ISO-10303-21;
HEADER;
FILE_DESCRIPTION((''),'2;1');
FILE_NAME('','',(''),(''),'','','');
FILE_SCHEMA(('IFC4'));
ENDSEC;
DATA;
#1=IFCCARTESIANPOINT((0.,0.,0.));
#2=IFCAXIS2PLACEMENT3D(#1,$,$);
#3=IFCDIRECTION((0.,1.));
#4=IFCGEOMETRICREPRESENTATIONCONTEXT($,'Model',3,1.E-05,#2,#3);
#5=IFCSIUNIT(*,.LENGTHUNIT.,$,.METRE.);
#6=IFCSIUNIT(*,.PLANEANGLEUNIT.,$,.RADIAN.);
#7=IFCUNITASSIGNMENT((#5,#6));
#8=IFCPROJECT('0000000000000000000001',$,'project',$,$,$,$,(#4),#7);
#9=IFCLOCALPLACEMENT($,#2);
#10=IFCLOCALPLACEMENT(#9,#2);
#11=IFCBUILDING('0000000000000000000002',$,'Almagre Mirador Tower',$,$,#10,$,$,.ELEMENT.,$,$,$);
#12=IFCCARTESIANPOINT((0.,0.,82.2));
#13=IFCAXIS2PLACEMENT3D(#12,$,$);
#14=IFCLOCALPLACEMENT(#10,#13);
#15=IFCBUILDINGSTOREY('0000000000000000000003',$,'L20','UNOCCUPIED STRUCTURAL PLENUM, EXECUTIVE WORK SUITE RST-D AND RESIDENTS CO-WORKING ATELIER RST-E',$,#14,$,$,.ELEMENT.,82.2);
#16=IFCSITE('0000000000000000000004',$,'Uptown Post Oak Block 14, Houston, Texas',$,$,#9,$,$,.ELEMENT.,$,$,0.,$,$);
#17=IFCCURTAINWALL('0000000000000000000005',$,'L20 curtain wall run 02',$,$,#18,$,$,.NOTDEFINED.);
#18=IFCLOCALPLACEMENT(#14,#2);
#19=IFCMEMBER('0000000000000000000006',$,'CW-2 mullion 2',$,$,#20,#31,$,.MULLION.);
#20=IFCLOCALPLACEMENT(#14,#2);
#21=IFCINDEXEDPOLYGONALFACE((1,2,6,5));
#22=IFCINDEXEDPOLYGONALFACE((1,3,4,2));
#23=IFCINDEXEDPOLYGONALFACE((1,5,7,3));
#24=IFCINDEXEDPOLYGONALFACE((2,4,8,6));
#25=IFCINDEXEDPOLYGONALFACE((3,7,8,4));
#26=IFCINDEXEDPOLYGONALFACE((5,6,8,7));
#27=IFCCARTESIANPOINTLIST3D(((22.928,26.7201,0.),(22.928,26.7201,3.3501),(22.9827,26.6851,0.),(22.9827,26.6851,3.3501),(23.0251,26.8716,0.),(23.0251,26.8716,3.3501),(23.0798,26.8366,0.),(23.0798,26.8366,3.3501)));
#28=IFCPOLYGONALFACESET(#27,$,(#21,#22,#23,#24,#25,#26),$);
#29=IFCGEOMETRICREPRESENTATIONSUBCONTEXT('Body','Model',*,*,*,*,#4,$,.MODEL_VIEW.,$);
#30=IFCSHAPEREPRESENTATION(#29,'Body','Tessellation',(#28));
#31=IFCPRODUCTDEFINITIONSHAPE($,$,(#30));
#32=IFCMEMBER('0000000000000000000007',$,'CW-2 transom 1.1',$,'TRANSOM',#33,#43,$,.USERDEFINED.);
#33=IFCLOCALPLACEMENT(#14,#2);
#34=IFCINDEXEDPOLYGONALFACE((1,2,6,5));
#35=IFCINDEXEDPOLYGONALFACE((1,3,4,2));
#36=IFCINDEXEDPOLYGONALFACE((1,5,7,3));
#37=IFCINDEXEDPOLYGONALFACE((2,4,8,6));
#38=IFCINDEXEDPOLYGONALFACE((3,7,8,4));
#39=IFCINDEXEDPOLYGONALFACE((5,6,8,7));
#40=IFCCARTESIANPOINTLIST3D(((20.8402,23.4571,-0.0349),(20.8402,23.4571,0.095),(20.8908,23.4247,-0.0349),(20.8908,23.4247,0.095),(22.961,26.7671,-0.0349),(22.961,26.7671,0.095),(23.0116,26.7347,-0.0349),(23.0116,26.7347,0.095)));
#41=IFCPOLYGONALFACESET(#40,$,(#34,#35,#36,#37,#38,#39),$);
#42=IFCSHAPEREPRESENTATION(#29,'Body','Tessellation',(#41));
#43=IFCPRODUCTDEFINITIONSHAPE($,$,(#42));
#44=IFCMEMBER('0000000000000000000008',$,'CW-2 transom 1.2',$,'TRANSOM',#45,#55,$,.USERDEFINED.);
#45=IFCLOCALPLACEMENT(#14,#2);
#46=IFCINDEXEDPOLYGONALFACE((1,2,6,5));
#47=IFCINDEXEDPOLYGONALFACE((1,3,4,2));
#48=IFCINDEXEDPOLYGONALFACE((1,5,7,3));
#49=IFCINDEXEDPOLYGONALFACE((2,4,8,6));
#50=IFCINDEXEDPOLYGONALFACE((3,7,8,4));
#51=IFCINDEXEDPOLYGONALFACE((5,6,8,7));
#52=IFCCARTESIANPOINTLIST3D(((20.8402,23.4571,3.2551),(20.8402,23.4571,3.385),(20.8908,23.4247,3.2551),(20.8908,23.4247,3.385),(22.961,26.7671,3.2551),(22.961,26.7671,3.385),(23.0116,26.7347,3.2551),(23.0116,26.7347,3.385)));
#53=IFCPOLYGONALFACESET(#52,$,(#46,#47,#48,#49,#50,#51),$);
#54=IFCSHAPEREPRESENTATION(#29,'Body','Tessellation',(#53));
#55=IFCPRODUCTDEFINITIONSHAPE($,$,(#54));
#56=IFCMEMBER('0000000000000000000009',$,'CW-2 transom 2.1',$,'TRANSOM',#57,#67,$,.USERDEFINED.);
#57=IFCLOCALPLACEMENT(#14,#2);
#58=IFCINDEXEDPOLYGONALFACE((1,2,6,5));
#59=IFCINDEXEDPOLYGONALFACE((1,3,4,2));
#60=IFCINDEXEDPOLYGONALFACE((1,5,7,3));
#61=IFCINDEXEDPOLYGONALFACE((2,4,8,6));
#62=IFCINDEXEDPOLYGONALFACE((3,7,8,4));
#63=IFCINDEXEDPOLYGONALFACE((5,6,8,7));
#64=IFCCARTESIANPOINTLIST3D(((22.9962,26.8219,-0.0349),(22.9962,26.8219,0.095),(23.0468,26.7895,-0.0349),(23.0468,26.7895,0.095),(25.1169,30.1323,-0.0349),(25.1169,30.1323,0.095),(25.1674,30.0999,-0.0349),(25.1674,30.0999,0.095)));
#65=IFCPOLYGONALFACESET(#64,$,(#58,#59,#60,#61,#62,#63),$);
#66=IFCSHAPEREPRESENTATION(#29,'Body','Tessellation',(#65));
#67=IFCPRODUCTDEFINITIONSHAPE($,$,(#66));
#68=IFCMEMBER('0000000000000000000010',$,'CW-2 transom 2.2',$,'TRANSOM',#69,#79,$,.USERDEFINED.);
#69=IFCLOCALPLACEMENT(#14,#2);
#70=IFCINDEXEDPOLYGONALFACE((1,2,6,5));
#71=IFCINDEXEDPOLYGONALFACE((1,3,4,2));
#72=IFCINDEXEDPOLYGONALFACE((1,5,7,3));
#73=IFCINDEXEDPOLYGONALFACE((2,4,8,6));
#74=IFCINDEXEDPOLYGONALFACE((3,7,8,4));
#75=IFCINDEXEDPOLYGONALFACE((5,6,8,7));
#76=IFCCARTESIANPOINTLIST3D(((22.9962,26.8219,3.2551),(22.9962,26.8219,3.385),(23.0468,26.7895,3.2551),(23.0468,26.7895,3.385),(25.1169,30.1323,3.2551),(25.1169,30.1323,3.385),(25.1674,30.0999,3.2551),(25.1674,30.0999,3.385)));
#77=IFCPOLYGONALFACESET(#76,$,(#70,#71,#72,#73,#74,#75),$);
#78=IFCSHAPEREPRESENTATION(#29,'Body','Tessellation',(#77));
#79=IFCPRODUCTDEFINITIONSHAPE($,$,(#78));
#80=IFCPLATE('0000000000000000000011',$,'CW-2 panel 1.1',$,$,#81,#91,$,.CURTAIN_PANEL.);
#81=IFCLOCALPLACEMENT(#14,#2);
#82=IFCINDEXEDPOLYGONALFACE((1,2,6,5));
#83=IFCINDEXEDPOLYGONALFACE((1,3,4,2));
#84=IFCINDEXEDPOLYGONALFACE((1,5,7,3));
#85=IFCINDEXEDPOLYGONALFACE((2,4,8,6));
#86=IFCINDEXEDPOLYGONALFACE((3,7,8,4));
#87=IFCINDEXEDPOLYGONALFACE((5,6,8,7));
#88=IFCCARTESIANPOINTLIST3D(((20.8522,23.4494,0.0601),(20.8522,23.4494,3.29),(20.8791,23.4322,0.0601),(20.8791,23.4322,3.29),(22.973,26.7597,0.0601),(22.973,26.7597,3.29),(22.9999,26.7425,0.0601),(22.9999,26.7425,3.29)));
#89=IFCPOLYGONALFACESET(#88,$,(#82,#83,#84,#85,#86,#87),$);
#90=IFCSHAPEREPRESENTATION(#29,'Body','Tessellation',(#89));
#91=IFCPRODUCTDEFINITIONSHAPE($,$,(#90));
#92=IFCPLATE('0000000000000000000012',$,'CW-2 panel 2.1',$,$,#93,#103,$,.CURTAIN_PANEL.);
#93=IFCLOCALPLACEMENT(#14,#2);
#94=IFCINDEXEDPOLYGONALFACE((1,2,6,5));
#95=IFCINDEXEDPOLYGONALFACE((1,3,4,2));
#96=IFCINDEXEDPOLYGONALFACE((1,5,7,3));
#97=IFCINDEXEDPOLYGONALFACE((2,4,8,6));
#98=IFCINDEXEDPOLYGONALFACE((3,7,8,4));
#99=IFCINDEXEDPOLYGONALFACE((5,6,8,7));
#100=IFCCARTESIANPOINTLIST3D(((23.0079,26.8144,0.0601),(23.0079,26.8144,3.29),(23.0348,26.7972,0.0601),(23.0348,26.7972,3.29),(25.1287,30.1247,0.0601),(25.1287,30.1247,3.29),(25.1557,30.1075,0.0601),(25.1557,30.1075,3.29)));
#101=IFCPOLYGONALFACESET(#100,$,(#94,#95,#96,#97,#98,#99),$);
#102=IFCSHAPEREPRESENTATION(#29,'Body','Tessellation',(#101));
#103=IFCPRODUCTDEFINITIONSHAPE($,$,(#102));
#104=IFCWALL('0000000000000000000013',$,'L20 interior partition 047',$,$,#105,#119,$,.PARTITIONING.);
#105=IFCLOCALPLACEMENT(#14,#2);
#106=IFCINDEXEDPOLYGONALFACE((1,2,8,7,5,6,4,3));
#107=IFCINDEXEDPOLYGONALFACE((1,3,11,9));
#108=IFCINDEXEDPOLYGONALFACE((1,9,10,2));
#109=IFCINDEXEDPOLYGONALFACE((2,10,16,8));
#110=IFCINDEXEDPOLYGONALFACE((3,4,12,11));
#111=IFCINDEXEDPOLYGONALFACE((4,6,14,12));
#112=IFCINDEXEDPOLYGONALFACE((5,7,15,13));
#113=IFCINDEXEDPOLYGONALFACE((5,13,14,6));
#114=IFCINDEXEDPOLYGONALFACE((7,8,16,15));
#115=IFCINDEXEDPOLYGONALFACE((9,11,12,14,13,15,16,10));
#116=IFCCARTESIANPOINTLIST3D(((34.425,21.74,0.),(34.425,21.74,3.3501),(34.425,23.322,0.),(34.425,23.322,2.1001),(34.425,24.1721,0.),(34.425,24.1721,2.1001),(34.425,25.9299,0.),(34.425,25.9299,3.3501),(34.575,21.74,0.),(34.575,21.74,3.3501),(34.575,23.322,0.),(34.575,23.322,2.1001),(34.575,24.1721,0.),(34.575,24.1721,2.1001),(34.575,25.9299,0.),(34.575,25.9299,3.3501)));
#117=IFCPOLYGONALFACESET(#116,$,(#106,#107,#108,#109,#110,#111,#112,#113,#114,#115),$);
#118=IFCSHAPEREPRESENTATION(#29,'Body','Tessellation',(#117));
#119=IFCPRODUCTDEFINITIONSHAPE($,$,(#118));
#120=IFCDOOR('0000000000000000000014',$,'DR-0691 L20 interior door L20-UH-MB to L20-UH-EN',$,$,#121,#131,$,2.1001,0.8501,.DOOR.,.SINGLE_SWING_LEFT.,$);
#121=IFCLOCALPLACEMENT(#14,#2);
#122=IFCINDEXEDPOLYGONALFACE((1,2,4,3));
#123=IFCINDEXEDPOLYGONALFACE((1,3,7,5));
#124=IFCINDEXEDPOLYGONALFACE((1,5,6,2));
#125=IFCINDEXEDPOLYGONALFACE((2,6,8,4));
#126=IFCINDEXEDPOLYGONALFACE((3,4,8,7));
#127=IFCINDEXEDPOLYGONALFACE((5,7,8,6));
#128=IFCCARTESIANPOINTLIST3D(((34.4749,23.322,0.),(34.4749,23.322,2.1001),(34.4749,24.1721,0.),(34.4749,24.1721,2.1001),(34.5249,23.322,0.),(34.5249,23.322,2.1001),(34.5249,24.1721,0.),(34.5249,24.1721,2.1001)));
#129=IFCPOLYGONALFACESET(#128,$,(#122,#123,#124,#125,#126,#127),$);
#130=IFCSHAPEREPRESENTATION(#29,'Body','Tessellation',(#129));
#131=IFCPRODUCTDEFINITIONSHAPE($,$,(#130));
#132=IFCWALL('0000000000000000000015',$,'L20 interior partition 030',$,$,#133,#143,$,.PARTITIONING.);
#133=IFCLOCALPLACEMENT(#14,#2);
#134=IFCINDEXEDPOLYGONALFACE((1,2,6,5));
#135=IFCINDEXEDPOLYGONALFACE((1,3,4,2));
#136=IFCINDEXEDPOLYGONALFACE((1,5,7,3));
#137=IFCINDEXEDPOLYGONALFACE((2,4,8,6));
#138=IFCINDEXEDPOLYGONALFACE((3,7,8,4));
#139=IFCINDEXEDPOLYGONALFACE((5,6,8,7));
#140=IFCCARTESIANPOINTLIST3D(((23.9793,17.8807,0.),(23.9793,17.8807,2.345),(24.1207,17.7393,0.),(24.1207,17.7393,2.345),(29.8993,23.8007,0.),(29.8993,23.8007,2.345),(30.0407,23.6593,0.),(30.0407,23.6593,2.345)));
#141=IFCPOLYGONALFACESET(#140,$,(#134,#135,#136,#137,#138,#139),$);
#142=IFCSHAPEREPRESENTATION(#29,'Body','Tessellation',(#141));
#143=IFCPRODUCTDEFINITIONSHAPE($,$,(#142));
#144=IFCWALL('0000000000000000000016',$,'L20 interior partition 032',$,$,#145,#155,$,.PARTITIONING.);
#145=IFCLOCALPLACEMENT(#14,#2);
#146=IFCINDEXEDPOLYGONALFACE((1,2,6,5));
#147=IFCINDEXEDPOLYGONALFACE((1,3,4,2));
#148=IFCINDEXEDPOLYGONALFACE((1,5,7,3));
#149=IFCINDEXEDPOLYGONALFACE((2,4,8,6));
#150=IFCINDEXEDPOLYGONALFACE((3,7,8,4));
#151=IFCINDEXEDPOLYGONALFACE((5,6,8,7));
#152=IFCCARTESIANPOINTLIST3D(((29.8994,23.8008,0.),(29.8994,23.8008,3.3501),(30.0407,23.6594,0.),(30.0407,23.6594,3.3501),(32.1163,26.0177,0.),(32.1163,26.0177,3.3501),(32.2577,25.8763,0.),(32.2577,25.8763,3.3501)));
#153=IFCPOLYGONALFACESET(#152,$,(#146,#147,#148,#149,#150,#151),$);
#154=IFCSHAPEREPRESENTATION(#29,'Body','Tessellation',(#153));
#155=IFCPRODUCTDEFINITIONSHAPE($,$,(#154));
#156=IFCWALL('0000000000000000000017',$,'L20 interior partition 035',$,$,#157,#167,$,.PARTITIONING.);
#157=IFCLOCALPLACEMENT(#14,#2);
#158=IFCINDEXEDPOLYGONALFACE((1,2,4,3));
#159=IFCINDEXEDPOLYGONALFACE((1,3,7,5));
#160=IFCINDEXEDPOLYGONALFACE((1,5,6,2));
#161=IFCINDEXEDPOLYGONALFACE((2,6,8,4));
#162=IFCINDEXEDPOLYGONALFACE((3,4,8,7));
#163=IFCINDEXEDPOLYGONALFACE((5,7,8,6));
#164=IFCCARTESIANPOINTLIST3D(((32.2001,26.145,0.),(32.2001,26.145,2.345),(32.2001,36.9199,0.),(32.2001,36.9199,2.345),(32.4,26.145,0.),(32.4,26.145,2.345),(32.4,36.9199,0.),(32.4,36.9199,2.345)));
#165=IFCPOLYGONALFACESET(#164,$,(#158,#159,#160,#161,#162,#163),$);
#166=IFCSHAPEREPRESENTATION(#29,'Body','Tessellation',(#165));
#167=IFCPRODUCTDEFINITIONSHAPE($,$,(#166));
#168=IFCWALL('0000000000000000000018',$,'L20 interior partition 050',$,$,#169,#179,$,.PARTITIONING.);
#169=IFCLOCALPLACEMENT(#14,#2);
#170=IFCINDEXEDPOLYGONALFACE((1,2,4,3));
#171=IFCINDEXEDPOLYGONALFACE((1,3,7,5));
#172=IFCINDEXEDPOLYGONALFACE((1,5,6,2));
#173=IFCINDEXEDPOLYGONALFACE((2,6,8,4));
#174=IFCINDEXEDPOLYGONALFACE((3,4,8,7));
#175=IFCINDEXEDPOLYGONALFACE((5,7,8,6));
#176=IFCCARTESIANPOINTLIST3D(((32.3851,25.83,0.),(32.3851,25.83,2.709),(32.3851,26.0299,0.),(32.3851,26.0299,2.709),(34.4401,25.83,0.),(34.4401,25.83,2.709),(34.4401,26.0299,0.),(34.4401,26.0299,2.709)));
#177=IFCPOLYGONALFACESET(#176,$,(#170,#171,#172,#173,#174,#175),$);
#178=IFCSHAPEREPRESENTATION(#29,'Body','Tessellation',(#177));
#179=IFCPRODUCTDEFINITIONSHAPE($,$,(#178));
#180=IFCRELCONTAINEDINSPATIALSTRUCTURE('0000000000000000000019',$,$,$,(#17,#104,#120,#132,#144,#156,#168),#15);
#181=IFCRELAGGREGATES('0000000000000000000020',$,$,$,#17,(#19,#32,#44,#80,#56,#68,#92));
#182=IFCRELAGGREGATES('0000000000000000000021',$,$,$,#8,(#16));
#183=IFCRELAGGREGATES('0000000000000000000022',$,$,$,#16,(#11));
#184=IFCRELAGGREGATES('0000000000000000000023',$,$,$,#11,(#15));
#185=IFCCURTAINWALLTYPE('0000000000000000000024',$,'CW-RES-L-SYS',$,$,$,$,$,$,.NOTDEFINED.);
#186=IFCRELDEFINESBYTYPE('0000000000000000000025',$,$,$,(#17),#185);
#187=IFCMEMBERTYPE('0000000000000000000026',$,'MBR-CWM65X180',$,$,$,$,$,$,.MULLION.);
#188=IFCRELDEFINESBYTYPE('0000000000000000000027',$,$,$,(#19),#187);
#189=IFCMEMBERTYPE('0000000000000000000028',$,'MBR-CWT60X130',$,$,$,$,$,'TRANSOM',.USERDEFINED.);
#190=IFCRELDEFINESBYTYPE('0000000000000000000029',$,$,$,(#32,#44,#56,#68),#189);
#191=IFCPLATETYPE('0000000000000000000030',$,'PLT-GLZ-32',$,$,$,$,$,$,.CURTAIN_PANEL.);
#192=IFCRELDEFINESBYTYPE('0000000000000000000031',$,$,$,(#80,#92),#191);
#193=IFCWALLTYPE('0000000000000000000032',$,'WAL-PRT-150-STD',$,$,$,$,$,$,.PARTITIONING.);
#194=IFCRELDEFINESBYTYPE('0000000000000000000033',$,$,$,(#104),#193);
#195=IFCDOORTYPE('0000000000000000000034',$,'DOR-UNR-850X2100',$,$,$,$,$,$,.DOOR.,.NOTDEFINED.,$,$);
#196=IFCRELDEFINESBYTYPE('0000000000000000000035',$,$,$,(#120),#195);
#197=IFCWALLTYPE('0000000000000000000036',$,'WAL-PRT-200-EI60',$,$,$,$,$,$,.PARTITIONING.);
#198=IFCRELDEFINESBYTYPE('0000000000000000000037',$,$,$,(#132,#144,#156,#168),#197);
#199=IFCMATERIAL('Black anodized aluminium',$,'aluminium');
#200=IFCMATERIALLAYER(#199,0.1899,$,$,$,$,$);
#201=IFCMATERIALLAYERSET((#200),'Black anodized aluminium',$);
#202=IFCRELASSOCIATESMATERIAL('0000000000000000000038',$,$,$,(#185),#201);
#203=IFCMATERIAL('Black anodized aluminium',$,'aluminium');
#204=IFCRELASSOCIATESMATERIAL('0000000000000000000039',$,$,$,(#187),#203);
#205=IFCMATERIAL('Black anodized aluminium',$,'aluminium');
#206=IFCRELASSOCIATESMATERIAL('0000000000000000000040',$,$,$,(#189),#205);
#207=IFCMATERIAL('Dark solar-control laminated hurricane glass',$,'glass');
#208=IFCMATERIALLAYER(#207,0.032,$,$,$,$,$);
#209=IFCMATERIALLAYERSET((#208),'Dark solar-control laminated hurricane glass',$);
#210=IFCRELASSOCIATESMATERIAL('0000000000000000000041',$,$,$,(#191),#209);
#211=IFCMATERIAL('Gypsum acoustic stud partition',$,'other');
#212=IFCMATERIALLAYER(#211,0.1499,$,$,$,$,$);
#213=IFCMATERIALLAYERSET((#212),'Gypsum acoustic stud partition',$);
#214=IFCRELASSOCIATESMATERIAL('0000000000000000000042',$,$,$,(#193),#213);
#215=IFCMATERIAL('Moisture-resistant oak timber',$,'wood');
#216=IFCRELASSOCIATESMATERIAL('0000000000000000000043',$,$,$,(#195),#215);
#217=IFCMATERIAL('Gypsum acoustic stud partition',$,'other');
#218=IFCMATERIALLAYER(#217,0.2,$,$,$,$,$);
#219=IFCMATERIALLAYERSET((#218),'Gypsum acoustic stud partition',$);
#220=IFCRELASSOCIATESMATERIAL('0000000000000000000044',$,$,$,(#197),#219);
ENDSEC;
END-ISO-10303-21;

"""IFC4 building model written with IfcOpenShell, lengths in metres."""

from ifc_helpers import new_model, si_unit, direction, frame, frame_2d, origin, origin_2d, place, context, subcontext, project, spatial, rectangle, extrude, material, layer, layer_set, material_profile, profile_set, type_object, element, fill, aggregate, save


model = new_model("IFC4")

# Units and contexts
model_context = context("Model", 3, precision=1e-05, world=origin(), true_north=direction((0.0, 1.0)))
body_context = subcontext(model_context, "Body", "Model", "MODEL_VIEW")
ifc_project = project(units=[si_unit("LENGTHUNIT", "METRE"), si_unit("PLANEANGLEUNIT", "RADIAN")], contexts=[model_context])

# Site, building, storey
site_placement = place(None, origin())
site = spatial("IfcSite", under=ifc_project, at=site_placement, Name="Uptown Post Oak Block 14, Houston, Texas", CompositionType="ELEMENT", RefElevation=0.0)
building_placement = place(site_placement, origin())
building = spatial("IfcBuilding", under=site, at=building_placement, Name="Almagre Mirador Tower", CompositionType="ELEMENT")
storey_placement = place(building_placement, frame((0.0, 0.0, 82.2)))
storey = spatial("IfcBuildingStorey", under=building, at=storey_placement, Name="L20", Description="UNOCCUPIED STRUCTURAL PLENUM, EXECUTIVE WORK SUITE RST-D AND RESIDENTS CO-WORKING ATELIER RST-E", CompositionType="ELEMENT", Elevation=82.2)

# Curtain wall, members, plates
ifc_material_1 = material(Name="Black anodized aluminium", Category="aluminium")
ifc_layer_1 = layer(ifc_material_1, 0.1899)
ifc_layer_set_1 = layer_set([ifc_layer_1], Name="Black anodized aluminium")
curtain_wall_type = type_object("IfcCurtainWallType", Name="CW-RES-L-SYS", PredefinedType="NOTDEFINED", material=ifc_layer_set_1)
curtain_wall_placement = place(storey_placement, origin())
curtain_wall = element("IfcCurtainWall", 1, at=curtain_wall_placement, inside=storey, type_object=curtain_wall_type, Name="L20 curtain wall run 02", PredefinedType="NOTDEFINED")
ifc_material_2 = material(Name="Black anodized aluminium", Category="aluminium")
ifc_material_profile_1 = material_profile(ifc_material_2, rectangle(XDim=0.0649, YDim=0.1799, at=origin_2d()), Name="CWM65X180")
ifc_profile_set_1 = profile_set([ifc_material_profile_1], Name="Black anodized aluminium")
member_type_1 = type_object("IfcMemberType", Name="MBR-CWM65X180", PredefinedType="MULLION", material=ifc_profile_set_1)
member_1_placement = place(storey_placement, frame((23.0039, 26.7783, 0.0), z_axis=(0.0, 0.0, 1.0), x_axis=(-0.842015, 0.539455, 0.0)))
member_1 = element("IfcMember", 2, at=member_1_placement, type_object=member_type_1, Name="CW-2 mullion 2", PredefinedType="MULLION", context=body_context, shape_type="SweptSolid", body=[
    extrude(rectangle(XDim=0.0649, YDim=0.1799, at=origin_2d()), origin(), (0.0, 0.0, 1.0), 3.3501),
])
ifc_material_3 = material(Name="Black anodized aluminium", Category="aluminium")
ifc_material_profile_2 = material_profile(ifc_material_3, rectangle(XDim=0.0601, YDim=0.1299, at=origin_2d()), Name="CWT60X130")
ifc_profile_set_2 = profile_set([ifc_material_profile_2], Name="Black anodized aluminium")
member_type_2 = type_object("IfcMemberType", Name="MBR-CWT60X130", ElementType="TRANSOM", PredefinedType="USERDEFINED", material=ifc_profile_set_2)
member_2_placement = place(storey_placement, frame((20.8655, 23.4409, 0.03), z_axis=(0.539489, 0.841993, 0.0), x_axis=(-0.841993, 0.539489, 0.0)))
member_2 = element("IfcMember", 3, at=member_2_placement, type_object=member_type_2, Name="CW-2 transom 1.1", ObjectType="TRANSOM", PredefinedType="USERDEFINED", context=body_context, shape_type="SweptSolid", body=[
    extrude(rectangle(XDim=0.0601, YDim=0.1299, at=origin_2d()), origin(), (0.0, 0.0, 1.0), 3.9312),
])
member_3_placement = place(storey_placement, frame((20.8655, 23.4409, 3.3201), z_axis=(0.539489, 0.841993, 0.0), x_axis=(-0.841993, 0.539489, 0.0)))
member_3 = element("IfcMember", 4, at=member_3_placement, type_object=member_type_2, Name="CW-2 transom 1.2", ObjectType="TRANSOM", PredefinedType="USERDEFINED", context=body_context, shape_type="SweptSolid", body=[
    extrude(rectangle(XDim=0.0601, YDim=0.1299, at=origin_2d()), origin(), (0.0, 0.0, 1.0), 3.9312),
])
member_4_placement = place(storey_placement, frame((23.0215, 26.8057, 0.03), z_axis=(0.539417, 0.842039, 0.0), x_axis=(-0.842039, 0.539417, 0.0)))
member_4 = element("IfcMember", 5, at=member_4_placement, type_object=member_type_2, Name="CW-2 transom 2.1", ObjectType="TRANSOM", PredefinedType="USERDEFINED", context=body_context, shape_type="SweptSolid", body=[
    extrude(rectangle(XDim=0.0601, YDim=0.1299, at=origin_2d()), origin(), (0.0, 0.0, 1.0), 3.9314),
])
member_5_placement = place(storey_placement, frame((23.0215, 26.8057, 3.3201), z_axis=(0.539417, 0.842039, 0.0), x_axis=(-0.842039, 0.539417, 0.0)))
member_5 = element("IfcMember", 6, at=member_5_placement, type_object=member_type_2, Name="CW-2 transom 2.2", ObjectType="TRANSOM", PredefinedType="USERDEFINED", context=body_context, shape_type="SweptSolid", body=[
    extrude(rectangle(XDim=0.0601, YDim=0.1299, at=origin_2d()), origin(), (0.0, 0.0, 1.0), 3.9314),
])
ifc_material_4 = material(Name="Dark solar-control laminated hurricane glass", Category="glass")
ifc_layer_2 = layer(ifc_material_4, 0.032)
ifc_layer_set_2 = layer_set([ifc_layer_2], Name="Dark solar-control laminated hurricane glass")
plate_type = type_object("IfcPlateType", Name="PLT-GLZ-32", PredefinedType="CURTAIN_PANEL", material=ifc_layer_set_2)
plate_1_placement = place(storey_placement, frame((21.926, 25.0959, 0.0601), z_axis=(0.0, 0.0, 1.0), x_axis=(0.539455, 0.842015, 0.0)))
plate_1 = element("IfcPlate", 7, at=plate_1_placement, type_object=plate_type, Name="CW-2 panel 1.1", PredefinedType="CURTAIN_PANEL", context=body_context, shape_type="SweptSolid", body=[
    extrude(rectangle(XDim=3.9314, YDim=0.032, at=origin_2d()), origin(), (0.0, 0.0, 1.0), 3.23),
])
plate_2_placement = place(storey_placement, frame((24.0818, 28.4609, 0.0601), z_axis=(0.0, 0.0, 1.0), x_axis=(0.539455, 0.842015, 0.0)))
plate_2 = element("IfcPlate", 8, at=plate_2_placement, type_object=plate_type, Name="CW-2 panel 2.1", PredefinedType="CURTAIN_PANEL", context=body_context, shape_type="SweptSolid", body=[
    extrude(rectangle(XDim=3.9314, YDim=0.032, at=origin_2d()), origin(), (0.0, 0.0, 1.0), 3.23),
])
aggregate(curtain_wall, [member_1, member_2, member_3, plate_1, member_4, member_5, plate_2])

# Wall, opening, door
ifc_material_5 = material(Name="Gypsum acoustic stud partition", Category="other")
ifc_layer_3 = layer(ifc_material_5, 0.1499)
ifc_layer_set_3 = layer_set([ifc_layer_3], Name="Gypsum acoustic stud partition")
wall_type_1 = type_object("IfcWallType", Name="WAL-PRT-150-STD", PredefinedType="PARTITIONING", material=ifc_layer_set_3)
wall_1_placement = place(storey_placement, frame((34.5, 25.9299, 0.0), z_axis=(0.0, 0.0, 1.0), x_axis=(0.0, -1.0, 0.0)))
wall_1 = element("IfcWall", 9, at=wall_1_placement, inside=storey, type_object=wall_type_1, Name="L20 interior partition 047", PredefinedType="PARTITIONING", context=body_context, shape_type="SweptSolid", body=[
    extrude(rectangle(XDim=4.1899, YDim=0.1499, at=frame_2d((2.095, 0.0))), origin(), (0.0, 0.0, 1.0), 3.3501),
])
opening_placement = place(wall_1_placement, frame((1.7578, 0.0, 0.0)))
opening = element("IfcOpeningElement", 10, at=opening_placement, cuts=wall_1, PredefinedType="OPENING", context=body_context, shape_type="SweptSolid", body=[
    extrude(rectangle(XDim=0.8501, YDim=2.1001, at=frame_2d((0.425, 1.05))), frame((0.0, 0.085, 0.0), z_axis=(0.0, -1.0, 0.0), x_axis=(1.0, 0.0, 0.0)), (0.0, 0.0, 1.0), 0.1699),
])
ifc_material_6 = material(Name="Moisture-resistant oak timber", Category="wood")
door_type = type_object("IfcDoorType", Name="DOR-UNR-850X2100", OperationType="NOTDEFINED", PredefinedType="DOOR", material=ifc_material_6)
door_placement = place(opening_placement, origin())
door = element("IfcDoor", 11, at=door_placement, inside=storey, type_object=door_type, Name="DR-0691 L20 interior door L20-UH-MB to L20-UH-EN", OperationType="SINGLE_SWING_LEFT", OverallHeight=2.1001, OverallWidth=0.8501, PredefinedType="DOOR", context=body_context, shape_type="SweptSolid", body=[
    extrude(rectangle(XDim=0.8501, YDim=2.1001, at=frame_2d((0.425, 1.05))), frame((0.0, 0.0249, 0.0), z_axis=(0.0, -1.0, 0.0), x_axis=(1.0, 0.0, 0.0)), (0.0, 0.0, 1.0), 0.05),
])
fill(opening, door)

# Walls
ifc_material_7 = material(Name="Gypsum acoustic stud partition", Category="other")
ifc_layer_4 = layer(ifc_material_7, 0.2)
ifc_layer_set_4 = layer_set([ifc_layer_4], Name="Gypsum acoustic stud partition")
wall_type_2 = type_object("IfcWallType", Name="WAL-PRT-200-EI60", PredefinedType="PARTITIONING", material=ifc_layer_set_4)
wall_2_placement = place(storey_placement, frame((29.97, 23.73, 0.0), z_axis=(0.0, 0.0, 1.0), x_axis=(-0.707107, -0.707107, 0.0)))
element("IfcWall", 12, at=wall_2_placement, inside=storey, type_object=wall_type_2, Name="L20 interior partition 030", PredefinedType="PARTITIONING", context=body_context, shape_type="SweptSolid", body=[
    extrude(rectangle(XDim=8.3721, YDim=0.2, at=frame_2d((4.186, 0.0))), origin(), (0.0, 0.0, 1.0), 2.345),
])
wall_3_placement = place(storey_placement, frame((32.187, 25.947, 0.0), z_axis=(0.0, 0.0, 1.0), x_axis=(-0.707107, -0.707107, 0.0)))
element("IfcWall", 13, at=wall_3_placement, inside=storey, type_object=wall_type_2, Name="L20 interior partition 032", PredefinedType="PARTITIONING", context=body_context, shape_type="SweptSolid", body=[
    extrude(rectangle(XDim=3.1353, YDim=0.2, at=frame_2d((1.5676, 0.0))), origin(), (0.0, 0.0, 1.0), 3.3501),
])
wall_4_placement = place(storey_placement, frame((32.3, 26.145, 0.0), z_axis=(0.0, 0.0, 1.0), x_axis=(0.0, 1.0, 0.0)))
element("IfcWall", 14, at=wall_4_placement, inside=storey, type_object=wall_type_2, Name="L20 interior partition 035", PredefinedType="PARTITIONING", context=body_context, shape_type="SweptSolid", body=[
    extrude(rectangle(XDim=10.7749, YDim=0.2, at=frame_2d((5.3875, 0.0))), origin(), (0.0, 0.0, 1.0), 2.345),
])
wall_5_placement = place(storey_placement, frame((34.4399, 25.9299, 0.0), z_axis=(0.0, 0.0, 1.0), x_axis=(-1.0, 0.0, 0.0)))
element("IfcWall", 15, at=wall_5_placement, inside=storey, type_object=wall_type_2, Name="L20 interior partition 050", PredefinedType="PARTITIONING", context=body_context, shape_type="SweptSolid", body=[
    extrude(rectangle(XDim=2.0549, YDim=0.2, at=frame_2d((1.0273, 0.0))), origin(), (0.0, 0.0, 1.0), 2.709),
])

save(model, "model.ifc")
